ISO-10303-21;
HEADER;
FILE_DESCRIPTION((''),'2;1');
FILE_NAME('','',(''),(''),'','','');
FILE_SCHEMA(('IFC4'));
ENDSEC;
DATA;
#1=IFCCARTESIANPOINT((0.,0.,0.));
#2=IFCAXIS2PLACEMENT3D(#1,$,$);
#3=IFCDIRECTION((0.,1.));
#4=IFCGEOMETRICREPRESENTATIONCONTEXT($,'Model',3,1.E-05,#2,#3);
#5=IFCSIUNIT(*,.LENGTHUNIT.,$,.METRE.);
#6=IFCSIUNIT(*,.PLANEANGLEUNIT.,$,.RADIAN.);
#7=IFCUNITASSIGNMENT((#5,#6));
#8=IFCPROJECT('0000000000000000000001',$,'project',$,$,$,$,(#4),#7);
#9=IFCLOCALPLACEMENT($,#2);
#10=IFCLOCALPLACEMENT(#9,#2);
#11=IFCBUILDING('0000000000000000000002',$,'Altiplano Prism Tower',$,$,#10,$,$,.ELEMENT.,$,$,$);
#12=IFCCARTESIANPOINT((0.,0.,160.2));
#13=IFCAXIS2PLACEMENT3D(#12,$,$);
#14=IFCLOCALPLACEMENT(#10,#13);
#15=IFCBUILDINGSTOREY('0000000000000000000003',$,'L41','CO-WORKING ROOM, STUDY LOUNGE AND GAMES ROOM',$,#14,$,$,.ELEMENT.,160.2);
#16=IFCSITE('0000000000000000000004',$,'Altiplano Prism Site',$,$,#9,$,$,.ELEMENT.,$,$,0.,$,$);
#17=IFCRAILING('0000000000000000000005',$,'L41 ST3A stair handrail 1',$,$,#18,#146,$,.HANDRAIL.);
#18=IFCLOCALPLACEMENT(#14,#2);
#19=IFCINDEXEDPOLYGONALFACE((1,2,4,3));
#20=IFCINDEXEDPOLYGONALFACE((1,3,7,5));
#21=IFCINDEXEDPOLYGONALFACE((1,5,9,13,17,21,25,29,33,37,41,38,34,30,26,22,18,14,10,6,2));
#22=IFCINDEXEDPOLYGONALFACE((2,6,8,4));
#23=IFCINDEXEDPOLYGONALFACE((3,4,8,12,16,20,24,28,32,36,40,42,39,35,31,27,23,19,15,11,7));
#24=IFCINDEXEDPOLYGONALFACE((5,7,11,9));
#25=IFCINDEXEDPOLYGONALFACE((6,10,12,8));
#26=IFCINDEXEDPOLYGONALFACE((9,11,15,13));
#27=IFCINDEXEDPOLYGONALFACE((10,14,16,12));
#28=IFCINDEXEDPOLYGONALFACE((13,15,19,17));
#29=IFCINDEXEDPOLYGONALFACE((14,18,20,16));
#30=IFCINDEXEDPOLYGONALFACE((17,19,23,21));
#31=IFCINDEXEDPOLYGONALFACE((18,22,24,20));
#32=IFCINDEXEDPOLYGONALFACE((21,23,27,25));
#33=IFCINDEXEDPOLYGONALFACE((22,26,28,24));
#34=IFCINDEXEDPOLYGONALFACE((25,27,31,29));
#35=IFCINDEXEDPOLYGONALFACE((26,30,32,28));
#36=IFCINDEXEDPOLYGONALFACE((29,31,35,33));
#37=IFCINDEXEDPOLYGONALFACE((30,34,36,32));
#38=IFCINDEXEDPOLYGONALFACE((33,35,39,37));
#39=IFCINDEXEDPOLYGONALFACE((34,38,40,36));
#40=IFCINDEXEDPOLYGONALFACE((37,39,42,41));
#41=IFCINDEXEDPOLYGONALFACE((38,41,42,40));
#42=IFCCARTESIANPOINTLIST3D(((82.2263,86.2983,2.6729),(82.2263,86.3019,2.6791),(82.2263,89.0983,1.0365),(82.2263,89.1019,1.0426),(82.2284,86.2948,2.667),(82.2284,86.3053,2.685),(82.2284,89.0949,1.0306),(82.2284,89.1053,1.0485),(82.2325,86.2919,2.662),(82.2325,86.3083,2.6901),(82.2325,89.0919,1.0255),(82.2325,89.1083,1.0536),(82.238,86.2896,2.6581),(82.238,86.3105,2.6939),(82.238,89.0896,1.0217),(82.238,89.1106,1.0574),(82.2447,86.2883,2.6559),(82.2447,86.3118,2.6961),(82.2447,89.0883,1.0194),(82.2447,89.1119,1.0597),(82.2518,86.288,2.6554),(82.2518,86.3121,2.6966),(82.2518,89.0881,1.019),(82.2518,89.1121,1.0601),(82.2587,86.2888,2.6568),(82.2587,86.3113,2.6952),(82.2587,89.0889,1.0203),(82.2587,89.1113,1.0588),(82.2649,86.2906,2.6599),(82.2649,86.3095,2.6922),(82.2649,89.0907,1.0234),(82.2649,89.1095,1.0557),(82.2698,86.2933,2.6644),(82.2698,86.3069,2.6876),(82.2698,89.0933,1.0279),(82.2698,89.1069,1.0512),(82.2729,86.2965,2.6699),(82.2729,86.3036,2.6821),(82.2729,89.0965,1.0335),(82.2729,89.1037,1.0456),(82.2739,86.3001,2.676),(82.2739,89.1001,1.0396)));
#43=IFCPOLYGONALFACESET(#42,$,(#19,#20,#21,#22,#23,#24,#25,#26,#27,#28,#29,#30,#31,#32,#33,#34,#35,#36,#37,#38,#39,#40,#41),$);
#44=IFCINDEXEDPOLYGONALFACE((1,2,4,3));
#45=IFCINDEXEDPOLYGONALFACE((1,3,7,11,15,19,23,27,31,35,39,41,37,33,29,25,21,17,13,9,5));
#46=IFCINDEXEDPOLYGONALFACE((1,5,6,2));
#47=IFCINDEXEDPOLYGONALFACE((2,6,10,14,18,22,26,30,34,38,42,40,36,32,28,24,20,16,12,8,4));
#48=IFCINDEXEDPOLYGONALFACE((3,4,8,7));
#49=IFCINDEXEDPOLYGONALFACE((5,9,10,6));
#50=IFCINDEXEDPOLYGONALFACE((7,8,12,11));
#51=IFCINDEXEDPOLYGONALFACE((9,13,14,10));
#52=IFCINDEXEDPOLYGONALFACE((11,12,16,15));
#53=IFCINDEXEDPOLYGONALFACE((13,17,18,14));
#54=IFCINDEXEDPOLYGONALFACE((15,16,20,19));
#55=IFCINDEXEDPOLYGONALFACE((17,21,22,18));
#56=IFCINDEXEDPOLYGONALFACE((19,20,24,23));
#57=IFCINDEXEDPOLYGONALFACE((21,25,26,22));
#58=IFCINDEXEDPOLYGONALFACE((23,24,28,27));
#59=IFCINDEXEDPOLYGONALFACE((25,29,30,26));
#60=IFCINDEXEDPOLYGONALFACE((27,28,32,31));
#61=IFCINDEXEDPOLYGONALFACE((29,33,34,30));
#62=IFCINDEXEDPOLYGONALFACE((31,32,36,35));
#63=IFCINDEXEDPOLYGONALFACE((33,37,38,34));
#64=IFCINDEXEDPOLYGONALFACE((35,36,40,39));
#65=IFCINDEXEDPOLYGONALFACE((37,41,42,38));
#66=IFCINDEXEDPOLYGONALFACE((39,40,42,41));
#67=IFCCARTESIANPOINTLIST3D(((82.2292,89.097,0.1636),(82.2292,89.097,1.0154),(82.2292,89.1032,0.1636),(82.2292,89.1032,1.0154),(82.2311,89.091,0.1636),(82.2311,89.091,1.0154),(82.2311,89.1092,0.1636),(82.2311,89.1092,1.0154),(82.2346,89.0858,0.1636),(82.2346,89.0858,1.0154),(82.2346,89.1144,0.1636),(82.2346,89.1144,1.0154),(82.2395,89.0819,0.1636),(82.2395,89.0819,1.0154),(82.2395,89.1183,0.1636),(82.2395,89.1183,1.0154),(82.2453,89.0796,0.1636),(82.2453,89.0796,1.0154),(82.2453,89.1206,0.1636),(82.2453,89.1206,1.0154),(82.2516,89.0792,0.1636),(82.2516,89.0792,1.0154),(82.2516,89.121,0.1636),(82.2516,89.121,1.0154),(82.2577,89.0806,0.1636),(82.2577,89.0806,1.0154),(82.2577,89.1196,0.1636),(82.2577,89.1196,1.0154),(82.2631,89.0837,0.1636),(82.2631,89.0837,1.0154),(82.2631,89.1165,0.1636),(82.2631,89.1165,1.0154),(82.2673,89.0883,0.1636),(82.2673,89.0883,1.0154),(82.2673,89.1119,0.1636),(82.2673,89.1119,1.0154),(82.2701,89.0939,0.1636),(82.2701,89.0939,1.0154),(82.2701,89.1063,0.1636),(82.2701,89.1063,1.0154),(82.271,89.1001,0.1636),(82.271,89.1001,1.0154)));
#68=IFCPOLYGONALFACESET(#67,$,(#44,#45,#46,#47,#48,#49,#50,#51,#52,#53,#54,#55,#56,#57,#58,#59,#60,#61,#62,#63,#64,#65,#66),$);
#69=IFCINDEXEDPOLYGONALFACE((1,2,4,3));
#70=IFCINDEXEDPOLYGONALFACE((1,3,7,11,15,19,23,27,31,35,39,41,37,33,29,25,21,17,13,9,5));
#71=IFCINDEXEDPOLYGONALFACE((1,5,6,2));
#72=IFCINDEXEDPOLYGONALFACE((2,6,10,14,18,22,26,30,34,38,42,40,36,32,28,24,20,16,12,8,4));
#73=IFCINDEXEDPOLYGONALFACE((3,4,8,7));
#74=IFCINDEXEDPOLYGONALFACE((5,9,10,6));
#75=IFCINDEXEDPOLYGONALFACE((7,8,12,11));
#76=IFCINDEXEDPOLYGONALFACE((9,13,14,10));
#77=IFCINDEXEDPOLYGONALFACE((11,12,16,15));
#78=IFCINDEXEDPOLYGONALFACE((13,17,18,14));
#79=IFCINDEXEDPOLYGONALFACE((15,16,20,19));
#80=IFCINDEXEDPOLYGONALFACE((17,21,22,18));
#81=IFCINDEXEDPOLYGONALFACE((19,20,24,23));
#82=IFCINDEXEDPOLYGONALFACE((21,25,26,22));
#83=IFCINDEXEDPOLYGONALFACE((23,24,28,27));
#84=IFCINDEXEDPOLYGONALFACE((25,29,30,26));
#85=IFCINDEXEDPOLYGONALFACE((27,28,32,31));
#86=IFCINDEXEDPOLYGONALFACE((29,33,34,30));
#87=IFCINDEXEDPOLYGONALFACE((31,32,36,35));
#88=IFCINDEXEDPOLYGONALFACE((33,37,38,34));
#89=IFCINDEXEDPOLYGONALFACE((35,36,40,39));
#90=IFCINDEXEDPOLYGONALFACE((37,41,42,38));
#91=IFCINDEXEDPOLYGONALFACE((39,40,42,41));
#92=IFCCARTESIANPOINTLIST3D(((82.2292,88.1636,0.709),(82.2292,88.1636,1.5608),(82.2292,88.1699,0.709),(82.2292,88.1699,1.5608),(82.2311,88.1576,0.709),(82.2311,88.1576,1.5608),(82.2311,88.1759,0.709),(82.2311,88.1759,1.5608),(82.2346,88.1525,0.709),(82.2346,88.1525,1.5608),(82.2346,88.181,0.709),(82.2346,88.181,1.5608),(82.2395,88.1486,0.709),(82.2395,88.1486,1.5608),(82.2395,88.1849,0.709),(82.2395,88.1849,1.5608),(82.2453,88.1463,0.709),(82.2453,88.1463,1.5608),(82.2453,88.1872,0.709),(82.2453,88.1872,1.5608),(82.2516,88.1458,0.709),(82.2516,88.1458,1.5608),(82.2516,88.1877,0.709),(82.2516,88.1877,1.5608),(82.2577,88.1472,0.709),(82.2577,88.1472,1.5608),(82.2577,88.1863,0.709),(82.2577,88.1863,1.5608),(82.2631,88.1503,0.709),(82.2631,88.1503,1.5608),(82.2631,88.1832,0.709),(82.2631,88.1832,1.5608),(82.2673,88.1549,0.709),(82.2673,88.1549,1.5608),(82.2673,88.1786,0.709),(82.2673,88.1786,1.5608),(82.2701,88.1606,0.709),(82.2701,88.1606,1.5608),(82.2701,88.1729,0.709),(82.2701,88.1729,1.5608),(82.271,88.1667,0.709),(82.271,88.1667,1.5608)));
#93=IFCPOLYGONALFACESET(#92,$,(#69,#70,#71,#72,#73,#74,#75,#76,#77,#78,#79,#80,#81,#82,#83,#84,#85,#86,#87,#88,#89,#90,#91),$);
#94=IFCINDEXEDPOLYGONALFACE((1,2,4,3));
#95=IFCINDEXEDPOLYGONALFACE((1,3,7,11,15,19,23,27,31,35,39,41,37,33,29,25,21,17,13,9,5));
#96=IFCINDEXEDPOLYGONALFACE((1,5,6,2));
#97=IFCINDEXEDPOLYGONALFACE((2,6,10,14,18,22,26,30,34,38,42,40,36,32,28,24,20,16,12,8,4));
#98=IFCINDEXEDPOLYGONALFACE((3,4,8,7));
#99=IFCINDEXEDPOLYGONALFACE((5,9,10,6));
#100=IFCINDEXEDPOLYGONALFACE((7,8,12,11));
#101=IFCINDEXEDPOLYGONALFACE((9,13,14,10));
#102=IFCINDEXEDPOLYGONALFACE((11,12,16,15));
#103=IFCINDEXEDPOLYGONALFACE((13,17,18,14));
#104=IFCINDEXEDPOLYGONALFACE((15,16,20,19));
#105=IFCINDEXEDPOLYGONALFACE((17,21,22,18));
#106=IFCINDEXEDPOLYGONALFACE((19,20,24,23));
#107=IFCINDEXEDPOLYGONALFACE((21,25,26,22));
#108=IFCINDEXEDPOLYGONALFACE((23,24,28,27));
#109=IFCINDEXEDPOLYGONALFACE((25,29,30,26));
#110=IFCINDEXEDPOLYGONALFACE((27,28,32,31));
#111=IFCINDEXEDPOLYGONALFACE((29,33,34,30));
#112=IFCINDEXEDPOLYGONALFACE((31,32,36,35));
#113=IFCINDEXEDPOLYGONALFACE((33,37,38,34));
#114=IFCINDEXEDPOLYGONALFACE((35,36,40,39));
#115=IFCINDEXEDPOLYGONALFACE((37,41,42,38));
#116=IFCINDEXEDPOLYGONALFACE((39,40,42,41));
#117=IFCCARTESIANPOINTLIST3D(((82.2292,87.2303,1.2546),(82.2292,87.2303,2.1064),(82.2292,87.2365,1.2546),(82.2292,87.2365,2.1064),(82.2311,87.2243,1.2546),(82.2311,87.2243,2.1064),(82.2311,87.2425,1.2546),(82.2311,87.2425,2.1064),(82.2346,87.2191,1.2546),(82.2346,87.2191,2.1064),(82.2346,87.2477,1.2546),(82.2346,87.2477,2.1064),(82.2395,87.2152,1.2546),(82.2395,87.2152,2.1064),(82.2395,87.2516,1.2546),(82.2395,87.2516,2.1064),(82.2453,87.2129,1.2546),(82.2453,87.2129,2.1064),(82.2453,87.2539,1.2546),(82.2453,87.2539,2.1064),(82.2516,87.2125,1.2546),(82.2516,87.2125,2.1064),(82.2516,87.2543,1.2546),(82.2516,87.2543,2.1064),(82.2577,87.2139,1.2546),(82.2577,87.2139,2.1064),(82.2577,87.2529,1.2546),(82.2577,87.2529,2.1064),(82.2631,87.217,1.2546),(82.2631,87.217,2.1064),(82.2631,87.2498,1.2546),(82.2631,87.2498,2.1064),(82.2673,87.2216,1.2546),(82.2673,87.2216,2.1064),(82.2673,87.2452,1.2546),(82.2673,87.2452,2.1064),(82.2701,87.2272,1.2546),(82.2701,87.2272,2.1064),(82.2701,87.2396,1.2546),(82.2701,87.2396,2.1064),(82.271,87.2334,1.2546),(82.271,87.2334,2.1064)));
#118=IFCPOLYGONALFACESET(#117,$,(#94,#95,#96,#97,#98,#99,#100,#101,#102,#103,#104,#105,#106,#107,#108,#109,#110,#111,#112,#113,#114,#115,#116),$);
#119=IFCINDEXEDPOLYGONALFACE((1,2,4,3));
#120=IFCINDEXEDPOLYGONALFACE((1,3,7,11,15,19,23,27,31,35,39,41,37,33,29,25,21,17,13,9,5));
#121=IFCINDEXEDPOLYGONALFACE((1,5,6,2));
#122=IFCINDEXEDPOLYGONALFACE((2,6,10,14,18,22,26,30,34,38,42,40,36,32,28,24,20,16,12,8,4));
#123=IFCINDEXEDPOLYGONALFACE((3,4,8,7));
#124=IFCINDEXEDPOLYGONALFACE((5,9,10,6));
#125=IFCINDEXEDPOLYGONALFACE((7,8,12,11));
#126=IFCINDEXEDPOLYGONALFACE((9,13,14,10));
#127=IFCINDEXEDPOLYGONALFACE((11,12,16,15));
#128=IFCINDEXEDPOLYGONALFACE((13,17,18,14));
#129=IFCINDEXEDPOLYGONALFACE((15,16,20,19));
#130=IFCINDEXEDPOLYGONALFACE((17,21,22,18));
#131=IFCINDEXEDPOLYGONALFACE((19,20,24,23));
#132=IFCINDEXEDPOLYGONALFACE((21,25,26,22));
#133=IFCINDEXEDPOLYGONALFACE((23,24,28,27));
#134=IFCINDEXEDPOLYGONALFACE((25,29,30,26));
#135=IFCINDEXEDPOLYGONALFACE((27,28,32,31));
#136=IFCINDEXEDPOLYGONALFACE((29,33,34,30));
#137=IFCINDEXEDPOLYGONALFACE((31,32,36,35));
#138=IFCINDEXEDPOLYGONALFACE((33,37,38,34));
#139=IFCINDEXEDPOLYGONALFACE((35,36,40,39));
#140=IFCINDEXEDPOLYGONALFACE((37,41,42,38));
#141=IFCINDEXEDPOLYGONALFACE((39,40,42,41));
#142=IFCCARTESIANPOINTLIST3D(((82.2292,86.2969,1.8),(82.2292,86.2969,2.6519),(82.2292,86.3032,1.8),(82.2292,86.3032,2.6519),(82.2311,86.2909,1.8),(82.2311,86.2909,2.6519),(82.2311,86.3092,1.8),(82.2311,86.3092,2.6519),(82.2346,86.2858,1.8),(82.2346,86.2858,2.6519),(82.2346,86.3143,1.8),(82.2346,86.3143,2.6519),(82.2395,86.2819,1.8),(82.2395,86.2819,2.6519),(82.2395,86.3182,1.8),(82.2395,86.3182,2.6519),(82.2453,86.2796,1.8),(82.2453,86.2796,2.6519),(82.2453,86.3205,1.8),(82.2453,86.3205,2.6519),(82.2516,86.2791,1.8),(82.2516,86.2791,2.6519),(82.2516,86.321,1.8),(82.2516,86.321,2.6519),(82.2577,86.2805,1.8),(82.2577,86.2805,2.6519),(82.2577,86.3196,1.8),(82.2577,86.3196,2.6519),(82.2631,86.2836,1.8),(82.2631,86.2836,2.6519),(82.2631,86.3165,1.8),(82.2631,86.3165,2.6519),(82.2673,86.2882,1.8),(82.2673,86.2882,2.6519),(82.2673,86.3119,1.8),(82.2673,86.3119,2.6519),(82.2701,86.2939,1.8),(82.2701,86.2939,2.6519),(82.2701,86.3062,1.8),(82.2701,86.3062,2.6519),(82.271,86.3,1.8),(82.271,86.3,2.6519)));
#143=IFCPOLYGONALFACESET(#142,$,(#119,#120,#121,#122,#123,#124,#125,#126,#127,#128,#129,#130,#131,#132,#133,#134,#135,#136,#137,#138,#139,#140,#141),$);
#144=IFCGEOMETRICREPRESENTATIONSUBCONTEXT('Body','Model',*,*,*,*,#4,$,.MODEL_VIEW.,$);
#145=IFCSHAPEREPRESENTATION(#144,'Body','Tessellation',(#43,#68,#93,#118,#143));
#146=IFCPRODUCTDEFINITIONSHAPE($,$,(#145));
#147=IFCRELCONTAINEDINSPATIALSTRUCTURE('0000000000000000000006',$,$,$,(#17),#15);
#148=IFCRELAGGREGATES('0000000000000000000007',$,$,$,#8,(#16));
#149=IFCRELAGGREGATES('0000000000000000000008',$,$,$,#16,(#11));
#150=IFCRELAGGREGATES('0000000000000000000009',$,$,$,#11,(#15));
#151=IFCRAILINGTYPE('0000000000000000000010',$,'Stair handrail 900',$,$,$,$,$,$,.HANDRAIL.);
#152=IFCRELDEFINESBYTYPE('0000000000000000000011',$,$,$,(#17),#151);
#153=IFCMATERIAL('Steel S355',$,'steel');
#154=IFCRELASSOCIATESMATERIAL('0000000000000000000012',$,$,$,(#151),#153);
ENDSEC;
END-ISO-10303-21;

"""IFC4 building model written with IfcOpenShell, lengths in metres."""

from ifc_helpers import new_model, si_unit, direction, frame, origin, origin_2d, place, context, subcontext, project, spatial, circle, extrude, material, type_object, element, save


model = new_model("IFC4")

# Units and contexts
model_context = context("Model", 3, precision=1e-05, world=origin(), true_north=direction((0.0, 1.0)))
body_context = subcontext(model_context, "Body", "Model", "MODEL_VIEW")
ifc_project = project(units=[si_unit("LENGTHUNIT", "METRE"), si_unit("PLANEANGLEUNIT", "RADIAN")], contexts=[model_context])

# Site, building, storey
site_placement = place(None, origin())
site = spatial("IfcSite", under=ifc_project, at=site_placement, Name="Altiplano Prism Site", CompositionType="ELEMENT", RefElevation=0.0)
building_placement = place(site_placement, origin())
building = spatial("IfcBuilding", under=site, at=building_placement, Name="Altiplano Prism Tower", CompositionType="ELEMENT")
storey_placement = place(building_placement, frame((0.0, 0.0, 160.2)))
storey = spatial("IfcBuildingStorey", under=building, at=storey_placement, Name="L41", Description="CO-WORKING ROOM, STUDY LOUNGE AND GAMES ROOM", CompositionType="ELEMENT", Elevation=160.2)

# Railing
ifc_material_1 = material(Name="Steel S355", Category="steel")
railing_type = type_object("IfcRailingType", Name="Stair handrail 900", PredefinedType="HANDRAIL", material=ifc_material_1)
railing_placement = place(storey_placement, frame((82.25, 89.1001, 0.1636)))
element("IfcRailing", 1, at=railing_placement, inside=storey, type_object=railing_type, Name="L41 ST3A stair handrail 1", PredefinedType="HANDRAIL", context=body_context, shape_type="SweptSolid", body=[
    extrude(circle(Radius=0.0239, at=origin_2d()), frame((0.0, 0.0, 0.876), z_axis=(0.0, -0.863361, 0.504587), x_axis=(1.0, 0.0, 0.0)), (0.0, 0.0, 1.0), 3.2432),
    extrude(circle(Radius=0.021, at=origin_2d()), origin(), (0.0, 0.0, 1.0), 0.8518),
    extrude(circle(Radius=0.021, at=origin_2d()), frame((0.0, -0.9333, 0.5454)), (0.0, 0.0, 1.0), 0.8518),
    extrude(circle(Radius=0.021, at=origin_2d()), frame((0.0, -1.8667, 1.0911)), (0.0, 0.0, 1.0), 0.8518),
    extrude(circle(Radius=0.021, at=origin_2d()), frame((0.0, -2.8, 1.6365)), (0.0, 0.0, 1.0), 0.8518),
])

save(model, "model.ifc")
